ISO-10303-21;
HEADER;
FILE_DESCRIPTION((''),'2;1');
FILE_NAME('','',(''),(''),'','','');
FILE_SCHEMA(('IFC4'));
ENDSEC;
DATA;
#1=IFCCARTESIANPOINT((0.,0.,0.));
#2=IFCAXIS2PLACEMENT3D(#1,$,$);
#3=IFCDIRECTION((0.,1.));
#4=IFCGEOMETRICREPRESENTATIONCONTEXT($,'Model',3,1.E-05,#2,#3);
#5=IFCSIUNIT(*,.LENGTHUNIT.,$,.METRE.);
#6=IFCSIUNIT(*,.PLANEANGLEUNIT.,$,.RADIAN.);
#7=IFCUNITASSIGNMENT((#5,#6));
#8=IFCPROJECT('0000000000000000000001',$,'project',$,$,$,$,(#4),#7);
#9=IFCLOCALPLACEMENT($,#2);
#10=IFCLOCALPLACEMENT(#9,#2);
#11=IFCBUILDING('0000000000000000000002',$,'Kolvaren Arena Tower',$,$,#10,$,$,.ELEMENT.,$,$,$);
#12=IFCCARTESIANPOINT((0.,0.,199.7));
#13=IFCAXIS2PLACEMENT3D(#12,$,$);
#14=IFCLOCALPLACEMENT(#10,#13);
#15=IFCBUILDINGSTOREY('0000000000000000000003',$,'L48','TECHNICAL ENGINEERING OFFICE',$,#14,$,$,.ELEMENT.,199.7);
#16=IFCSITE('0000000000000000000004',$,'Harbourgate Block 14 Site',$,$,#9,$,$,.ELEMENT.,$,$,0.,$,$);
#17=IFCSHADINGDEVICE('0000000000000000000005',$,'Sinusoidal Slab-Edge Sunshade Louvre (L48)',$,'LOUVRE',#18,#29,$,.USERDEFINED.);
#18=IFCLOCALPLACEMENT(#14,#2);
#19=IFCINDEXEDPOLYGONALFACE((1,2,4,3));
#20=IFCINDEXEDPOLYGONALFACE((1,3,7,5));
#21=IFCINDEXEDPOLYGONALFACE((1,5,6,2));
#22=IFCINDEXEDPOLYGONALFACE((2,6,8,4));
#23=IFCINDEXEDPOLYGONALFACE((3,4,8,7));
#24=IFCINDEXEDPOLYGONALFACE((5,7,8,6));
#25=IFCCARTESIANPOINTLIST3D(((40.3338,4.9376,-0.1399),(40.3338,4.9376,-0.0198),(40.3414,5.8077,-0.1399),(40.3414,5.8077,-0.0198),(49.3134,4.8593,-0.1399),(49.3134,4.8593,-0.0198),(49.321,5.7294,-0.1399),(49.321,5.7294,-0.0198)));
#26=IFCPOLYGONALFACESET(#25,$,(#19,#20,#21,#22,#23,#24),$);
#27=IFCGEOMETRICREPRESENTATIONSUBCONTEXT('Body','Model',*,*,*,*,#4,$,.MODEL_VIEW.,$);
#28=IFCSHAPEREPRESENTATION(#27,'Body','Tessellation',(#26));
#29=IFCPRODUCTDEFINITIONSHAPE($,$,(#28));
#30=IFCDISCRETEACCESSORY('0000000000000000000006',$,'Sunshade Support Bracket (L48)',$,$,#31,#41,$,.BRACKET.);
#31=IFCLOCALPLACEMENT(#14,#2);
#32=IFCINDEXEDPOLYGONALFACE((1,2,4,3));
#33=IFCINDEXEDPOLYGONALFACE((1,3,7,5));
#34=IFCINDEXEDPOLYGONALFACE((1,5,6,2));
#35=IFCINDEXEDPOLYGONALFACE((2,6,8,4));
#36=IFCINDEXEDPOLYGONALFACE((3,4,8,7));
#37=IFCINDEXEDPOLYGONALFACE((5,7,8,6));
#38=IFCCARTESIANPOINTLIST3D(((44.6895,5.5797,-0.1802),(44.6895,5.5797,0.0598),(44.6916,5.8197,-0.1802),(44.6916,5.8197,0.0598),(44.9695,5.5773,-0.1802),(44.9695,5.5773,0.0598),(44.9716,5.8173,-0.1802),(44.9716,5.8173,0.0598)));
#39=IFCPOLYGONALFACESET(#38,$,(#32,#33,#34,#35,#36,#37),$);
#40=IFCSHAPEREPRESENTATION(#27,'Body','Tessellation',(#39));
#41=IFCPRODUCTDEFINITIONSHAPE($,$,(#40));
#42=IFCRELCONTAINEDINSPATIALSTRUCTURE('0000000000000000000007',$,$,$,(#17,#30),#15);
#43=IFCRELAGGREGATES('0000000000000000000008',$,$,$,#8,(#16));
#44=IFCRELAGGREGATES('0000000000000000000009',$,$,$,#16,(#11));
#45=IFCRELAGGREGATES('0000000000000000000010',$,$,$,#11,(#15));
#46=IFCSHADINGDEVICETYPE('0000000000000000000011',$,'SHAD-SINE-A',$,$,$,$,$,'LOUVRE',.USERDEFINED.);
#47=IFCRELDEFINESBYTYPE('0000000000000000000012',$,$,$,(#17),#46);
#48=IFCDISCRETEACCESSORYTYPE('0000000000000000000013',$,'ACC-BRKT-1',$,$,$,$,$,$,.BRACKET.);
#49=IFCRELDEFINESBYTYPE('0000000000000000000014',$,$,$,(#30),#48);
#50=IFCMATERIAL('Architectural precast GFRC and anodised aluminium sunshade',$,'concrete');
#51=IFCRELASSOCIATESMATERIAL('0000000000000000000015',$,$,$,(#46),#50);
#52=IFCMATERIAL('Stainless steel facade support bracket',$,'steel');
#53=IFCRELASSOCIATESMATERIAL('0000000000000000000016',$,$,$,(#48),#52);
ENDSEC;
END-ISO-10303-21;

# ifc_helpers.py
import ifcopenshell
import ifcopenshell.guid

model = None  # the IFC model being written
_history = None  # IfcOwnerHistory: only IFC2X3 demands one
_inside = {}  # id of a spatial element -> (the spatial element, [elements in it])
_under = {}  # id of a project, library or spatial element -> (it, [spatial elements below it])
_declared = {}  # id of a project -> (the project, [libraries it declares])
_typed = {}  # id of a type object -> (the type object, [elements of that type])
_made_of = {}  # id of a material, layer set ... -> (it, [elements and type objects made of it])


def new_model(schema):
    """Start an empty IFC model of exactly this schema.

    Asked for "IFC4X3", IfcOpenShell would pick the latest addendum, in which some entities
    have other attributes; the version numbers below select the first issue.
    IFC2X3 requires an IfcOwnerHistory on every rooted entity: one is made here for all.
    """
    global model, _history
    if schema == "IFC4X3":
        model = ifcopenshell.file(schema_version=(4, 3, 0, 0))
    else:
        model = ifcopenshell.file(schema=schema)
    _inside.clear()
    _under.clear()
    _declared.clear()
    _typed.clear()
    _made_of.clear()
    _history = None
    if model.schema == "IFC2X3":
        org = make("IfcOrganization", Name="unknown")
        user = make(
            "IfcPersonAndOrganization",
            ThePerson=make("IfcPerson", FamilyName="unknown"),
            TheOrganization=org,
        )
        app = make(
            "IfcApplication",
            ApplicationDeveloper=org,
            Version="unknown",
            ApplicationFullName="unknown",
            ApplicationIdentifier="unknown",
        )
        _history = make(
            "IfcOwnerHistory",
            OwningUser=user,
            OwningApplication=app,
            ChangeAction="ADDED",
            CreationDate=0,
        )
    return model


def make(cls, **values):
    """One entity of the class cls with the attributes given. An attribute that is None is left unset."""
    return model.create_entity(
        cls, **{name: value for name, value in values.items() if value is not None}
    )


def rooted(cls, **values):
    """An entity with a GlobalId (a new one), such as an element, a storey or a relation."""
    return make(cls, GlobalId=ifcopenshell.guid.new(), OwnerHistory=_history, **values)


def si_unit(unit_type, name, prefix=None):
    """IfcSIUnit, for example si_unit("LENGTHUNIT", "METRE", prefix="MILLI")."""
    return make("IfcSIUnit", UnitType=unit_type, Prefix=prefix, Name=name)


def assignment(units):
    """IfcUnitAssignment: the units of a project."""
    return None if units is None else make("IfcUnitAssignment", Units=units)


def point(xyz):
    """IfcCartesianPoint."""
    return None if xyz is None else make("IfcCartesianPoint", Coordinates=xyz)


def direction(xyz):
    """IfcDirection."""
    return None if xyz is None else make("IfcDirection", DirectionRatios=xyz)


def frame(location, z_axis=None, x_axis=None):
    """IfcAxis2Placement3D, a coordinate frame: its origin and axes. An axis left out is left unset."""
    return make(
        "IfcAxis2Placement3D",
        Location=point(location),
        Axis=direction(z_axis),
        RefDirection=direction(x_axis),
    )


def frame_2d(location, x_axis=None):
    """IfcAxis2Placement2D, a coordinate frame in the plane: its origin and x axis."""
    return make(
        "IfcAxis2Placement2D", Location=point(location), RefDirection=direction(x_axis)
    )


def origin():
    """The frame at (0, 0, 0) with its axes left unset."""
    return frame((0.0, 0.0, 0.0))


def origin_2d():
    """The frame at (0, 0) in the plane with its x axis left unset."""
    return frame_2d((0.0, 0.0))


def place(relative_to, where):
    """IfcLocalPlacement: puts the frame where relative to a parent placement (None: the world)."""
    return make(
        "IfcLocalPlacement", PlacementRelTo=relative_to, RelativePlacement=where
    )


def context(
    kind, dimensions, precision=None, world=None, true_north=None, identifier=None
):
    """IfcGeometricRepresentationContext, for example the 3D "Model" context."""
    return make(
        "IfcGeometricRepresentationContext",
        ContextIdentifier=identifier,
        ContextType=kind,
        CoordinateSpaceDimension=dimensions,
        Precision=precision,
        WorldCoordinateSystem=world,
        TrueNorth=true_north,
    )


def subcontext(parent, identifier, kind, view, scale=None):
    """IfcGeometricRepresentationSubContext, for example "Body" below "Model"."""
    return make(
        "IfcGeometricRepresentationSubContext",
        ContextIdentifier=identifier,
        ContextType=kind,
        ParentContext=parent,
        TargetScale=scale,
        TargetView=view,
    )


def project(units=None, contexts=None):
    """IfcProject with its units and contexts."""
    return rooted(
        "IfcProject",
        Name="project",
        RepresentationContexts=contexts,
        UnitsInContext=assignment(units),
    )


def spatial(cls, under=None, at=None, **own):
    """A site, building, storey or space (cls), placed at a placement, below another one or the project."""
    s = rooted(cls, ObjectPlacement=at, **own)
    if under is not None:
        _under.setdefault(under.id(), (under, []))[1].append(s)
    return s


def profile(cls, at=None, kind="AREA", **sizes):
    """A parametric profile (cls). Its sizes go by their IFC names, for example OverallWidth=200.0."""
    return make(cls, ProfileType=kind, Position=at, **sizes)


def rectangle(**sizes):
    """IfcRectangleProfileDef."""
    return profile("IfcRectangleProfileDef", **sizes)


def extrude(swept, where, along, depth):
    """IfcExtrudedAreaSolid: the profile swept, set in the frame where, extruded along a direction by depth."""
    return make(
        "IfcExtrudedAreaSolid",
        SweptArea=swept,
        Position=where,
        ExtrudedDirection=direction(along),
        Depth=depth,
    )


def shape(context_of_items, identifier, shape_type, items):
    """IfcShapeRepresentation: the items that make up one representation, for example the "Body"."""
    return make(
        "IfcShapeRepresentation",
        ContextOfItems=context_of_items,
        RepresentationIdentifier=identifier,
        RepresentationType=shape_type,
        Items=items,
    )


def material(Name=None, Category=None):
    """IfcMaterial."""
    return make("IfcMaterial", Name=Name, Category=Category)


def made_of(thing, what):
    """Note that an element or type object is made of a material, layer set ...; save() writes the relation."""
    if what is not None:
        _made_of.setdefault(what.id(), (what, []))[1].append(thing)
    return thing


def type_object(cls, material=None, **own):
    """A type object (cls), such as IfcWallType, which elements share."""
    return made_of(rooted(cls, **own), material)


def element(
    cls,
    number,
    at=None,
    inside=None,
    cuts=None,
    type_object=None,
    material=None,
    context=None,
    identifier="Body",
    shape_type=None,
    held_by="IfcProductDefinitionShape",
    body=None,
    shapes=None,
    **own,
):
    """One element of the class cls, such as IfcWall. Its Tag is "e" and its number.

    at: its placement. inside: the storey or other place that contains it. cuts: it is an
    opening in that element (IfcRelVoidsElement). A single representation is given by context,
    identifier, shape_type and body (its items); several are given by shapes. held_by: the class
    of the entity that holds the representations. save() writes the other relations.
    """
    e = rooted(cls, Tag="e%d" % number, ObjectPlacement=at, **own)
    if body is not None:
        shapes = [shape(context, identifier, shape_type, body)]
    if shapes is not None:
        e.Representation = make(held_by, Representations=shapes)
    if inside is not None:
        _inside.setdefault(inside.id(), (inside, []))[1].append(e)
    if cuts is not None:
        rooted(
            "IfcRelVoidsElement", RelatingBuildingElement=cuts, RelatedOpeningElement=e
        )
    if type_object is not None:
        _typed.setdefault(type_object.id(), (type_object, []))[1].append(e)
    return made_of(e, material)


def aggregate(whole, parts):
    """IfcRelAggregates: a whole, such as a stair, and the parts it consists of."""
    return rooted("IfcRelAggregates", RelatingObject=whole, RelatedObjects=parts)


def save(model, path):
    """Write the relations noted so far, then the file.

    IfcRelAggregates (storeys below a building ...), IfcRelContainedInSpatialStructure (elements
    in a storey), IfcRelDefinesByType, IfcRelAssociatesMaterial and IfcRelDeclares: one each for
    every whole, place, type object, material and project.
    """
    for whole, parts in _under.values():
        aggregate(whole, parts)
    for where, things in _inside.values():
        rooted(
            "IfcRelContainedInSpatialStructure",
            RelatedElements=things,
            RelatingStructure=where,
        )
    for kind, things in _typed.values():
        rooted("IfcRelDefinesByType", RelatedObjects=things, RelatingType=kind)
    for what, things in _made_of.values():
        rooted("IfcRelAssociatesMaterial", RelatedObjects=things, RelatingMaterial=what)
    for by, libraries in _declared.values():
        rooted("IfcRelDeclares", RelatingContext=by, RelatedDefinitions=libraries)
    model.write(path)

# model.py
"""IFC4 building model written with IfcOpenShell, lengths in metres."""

from ifc_helpers import new_model, si_unit, direction, frame, origin, origin_2d, place, context, subcontext, project, spatial, rectangle, extrude, material, type_object, element, save


model = new_model("IFC4")

# Units and contexts
model_context = context("Model", 3, precision=1e-05, world=origin(), true_north=direction((0.0, 1.0)))
body_context = subcontext(model_context, "Body", "Model", "MODEL_VIEW")
ifc_project = project(units=[si_unit("LENGTHUNIT", "METRE"), si_unit("PLANEANGLEUNIT", "RADIAN")], contexts=[model_context])

# Site, building, storey
site_placement = place(None, origin())
site = spatial("IfcSite", under=ifc_project, at=site_placement, Name="Harbourgate Block 14 Site", CompositionType="ELEMENT", RefElevation=0.0)
building_placement = place(site_placement, origin())
building = spatial("IfcBuilding", under=site, at=building_placement, Name="Kolvaren Arena Tower", CompositionType="ELEMENT")
storey_placement = place(building_placement, frame((0.0, 0.0, 199.7)))
storey = spatial("IfcBuildingStorey", under=building, at=storey_placement, Name="L48", Description="TECHNICAL ENGINEERING OFFICE", CompositionType="ELEMENT", Elevation=199.7)

# Shading device
ifc_material_1 = material(Name="Architectural precast GFRC and anodised aluminium sunshade", Category="concrete")
shading_device_type = type_object("IfcShadingDeviceType", Name="SHAD-SINE-A", ElementType="LOUVRE", PredefinedType="USERDEFINED", material=ifc_material_1)
shading_device_placement = place(storey_placement, frame((44.8274, 5.3335, -0.1399), z_axis=(0.0, 0.0, 1.0), x_axis=(-0.999962, 0.008727, 0.0)))
element("IfcShadingDevice", 1, at=shading_device_placement, inside=storey, type_object=shading_device_type, Name="Sinusoidal Slab-Edge Sunshade Louvre (L48)", ObjectType="LOUVRE", PredefinedType="USERDEFINED", context=body_context, shape_type="SweptSolid", body=[
    extrude(rectangle(XDim=8.98, YDim=0.8701, at=origin_2d()), origin(), (0.0, 0.0, 1.0), 0.1201),
])

# Discrete accessory
ifc_material_2 = material(Name="Stainless steel facade support bracket", Category="steel")
discrete_accessory_type = type_object("IfcDiscreteAccessoryType", Name="ACC-BRKT-1", PredefinedType="BRACKET", material=ifc_material_2)
discrete_accessory_placement = place(storey_placement, frame((44.8306, 5.6985, -0.1802), z_axis=(0.0, 0.0, 1.0), x_axis=(-0.999962, 0.008727, 0.0)))
element("IfcDiscreteAccessory", 2, at=discrete_accessory_placement, inside=storey, type_object=discrete_accessory_type, Name="Sunshade Support Bracket (L48)", PredefinedType="BRACKET", context=body_context, shape_type="SweptSolid", body=[
    extrude(rectangle(XDim=0.28, YDim=0.24, at=origin_2d()), origin(), (0.0, 0.0, 1.0), 0.24),
])

save(model, "model.ifc")
